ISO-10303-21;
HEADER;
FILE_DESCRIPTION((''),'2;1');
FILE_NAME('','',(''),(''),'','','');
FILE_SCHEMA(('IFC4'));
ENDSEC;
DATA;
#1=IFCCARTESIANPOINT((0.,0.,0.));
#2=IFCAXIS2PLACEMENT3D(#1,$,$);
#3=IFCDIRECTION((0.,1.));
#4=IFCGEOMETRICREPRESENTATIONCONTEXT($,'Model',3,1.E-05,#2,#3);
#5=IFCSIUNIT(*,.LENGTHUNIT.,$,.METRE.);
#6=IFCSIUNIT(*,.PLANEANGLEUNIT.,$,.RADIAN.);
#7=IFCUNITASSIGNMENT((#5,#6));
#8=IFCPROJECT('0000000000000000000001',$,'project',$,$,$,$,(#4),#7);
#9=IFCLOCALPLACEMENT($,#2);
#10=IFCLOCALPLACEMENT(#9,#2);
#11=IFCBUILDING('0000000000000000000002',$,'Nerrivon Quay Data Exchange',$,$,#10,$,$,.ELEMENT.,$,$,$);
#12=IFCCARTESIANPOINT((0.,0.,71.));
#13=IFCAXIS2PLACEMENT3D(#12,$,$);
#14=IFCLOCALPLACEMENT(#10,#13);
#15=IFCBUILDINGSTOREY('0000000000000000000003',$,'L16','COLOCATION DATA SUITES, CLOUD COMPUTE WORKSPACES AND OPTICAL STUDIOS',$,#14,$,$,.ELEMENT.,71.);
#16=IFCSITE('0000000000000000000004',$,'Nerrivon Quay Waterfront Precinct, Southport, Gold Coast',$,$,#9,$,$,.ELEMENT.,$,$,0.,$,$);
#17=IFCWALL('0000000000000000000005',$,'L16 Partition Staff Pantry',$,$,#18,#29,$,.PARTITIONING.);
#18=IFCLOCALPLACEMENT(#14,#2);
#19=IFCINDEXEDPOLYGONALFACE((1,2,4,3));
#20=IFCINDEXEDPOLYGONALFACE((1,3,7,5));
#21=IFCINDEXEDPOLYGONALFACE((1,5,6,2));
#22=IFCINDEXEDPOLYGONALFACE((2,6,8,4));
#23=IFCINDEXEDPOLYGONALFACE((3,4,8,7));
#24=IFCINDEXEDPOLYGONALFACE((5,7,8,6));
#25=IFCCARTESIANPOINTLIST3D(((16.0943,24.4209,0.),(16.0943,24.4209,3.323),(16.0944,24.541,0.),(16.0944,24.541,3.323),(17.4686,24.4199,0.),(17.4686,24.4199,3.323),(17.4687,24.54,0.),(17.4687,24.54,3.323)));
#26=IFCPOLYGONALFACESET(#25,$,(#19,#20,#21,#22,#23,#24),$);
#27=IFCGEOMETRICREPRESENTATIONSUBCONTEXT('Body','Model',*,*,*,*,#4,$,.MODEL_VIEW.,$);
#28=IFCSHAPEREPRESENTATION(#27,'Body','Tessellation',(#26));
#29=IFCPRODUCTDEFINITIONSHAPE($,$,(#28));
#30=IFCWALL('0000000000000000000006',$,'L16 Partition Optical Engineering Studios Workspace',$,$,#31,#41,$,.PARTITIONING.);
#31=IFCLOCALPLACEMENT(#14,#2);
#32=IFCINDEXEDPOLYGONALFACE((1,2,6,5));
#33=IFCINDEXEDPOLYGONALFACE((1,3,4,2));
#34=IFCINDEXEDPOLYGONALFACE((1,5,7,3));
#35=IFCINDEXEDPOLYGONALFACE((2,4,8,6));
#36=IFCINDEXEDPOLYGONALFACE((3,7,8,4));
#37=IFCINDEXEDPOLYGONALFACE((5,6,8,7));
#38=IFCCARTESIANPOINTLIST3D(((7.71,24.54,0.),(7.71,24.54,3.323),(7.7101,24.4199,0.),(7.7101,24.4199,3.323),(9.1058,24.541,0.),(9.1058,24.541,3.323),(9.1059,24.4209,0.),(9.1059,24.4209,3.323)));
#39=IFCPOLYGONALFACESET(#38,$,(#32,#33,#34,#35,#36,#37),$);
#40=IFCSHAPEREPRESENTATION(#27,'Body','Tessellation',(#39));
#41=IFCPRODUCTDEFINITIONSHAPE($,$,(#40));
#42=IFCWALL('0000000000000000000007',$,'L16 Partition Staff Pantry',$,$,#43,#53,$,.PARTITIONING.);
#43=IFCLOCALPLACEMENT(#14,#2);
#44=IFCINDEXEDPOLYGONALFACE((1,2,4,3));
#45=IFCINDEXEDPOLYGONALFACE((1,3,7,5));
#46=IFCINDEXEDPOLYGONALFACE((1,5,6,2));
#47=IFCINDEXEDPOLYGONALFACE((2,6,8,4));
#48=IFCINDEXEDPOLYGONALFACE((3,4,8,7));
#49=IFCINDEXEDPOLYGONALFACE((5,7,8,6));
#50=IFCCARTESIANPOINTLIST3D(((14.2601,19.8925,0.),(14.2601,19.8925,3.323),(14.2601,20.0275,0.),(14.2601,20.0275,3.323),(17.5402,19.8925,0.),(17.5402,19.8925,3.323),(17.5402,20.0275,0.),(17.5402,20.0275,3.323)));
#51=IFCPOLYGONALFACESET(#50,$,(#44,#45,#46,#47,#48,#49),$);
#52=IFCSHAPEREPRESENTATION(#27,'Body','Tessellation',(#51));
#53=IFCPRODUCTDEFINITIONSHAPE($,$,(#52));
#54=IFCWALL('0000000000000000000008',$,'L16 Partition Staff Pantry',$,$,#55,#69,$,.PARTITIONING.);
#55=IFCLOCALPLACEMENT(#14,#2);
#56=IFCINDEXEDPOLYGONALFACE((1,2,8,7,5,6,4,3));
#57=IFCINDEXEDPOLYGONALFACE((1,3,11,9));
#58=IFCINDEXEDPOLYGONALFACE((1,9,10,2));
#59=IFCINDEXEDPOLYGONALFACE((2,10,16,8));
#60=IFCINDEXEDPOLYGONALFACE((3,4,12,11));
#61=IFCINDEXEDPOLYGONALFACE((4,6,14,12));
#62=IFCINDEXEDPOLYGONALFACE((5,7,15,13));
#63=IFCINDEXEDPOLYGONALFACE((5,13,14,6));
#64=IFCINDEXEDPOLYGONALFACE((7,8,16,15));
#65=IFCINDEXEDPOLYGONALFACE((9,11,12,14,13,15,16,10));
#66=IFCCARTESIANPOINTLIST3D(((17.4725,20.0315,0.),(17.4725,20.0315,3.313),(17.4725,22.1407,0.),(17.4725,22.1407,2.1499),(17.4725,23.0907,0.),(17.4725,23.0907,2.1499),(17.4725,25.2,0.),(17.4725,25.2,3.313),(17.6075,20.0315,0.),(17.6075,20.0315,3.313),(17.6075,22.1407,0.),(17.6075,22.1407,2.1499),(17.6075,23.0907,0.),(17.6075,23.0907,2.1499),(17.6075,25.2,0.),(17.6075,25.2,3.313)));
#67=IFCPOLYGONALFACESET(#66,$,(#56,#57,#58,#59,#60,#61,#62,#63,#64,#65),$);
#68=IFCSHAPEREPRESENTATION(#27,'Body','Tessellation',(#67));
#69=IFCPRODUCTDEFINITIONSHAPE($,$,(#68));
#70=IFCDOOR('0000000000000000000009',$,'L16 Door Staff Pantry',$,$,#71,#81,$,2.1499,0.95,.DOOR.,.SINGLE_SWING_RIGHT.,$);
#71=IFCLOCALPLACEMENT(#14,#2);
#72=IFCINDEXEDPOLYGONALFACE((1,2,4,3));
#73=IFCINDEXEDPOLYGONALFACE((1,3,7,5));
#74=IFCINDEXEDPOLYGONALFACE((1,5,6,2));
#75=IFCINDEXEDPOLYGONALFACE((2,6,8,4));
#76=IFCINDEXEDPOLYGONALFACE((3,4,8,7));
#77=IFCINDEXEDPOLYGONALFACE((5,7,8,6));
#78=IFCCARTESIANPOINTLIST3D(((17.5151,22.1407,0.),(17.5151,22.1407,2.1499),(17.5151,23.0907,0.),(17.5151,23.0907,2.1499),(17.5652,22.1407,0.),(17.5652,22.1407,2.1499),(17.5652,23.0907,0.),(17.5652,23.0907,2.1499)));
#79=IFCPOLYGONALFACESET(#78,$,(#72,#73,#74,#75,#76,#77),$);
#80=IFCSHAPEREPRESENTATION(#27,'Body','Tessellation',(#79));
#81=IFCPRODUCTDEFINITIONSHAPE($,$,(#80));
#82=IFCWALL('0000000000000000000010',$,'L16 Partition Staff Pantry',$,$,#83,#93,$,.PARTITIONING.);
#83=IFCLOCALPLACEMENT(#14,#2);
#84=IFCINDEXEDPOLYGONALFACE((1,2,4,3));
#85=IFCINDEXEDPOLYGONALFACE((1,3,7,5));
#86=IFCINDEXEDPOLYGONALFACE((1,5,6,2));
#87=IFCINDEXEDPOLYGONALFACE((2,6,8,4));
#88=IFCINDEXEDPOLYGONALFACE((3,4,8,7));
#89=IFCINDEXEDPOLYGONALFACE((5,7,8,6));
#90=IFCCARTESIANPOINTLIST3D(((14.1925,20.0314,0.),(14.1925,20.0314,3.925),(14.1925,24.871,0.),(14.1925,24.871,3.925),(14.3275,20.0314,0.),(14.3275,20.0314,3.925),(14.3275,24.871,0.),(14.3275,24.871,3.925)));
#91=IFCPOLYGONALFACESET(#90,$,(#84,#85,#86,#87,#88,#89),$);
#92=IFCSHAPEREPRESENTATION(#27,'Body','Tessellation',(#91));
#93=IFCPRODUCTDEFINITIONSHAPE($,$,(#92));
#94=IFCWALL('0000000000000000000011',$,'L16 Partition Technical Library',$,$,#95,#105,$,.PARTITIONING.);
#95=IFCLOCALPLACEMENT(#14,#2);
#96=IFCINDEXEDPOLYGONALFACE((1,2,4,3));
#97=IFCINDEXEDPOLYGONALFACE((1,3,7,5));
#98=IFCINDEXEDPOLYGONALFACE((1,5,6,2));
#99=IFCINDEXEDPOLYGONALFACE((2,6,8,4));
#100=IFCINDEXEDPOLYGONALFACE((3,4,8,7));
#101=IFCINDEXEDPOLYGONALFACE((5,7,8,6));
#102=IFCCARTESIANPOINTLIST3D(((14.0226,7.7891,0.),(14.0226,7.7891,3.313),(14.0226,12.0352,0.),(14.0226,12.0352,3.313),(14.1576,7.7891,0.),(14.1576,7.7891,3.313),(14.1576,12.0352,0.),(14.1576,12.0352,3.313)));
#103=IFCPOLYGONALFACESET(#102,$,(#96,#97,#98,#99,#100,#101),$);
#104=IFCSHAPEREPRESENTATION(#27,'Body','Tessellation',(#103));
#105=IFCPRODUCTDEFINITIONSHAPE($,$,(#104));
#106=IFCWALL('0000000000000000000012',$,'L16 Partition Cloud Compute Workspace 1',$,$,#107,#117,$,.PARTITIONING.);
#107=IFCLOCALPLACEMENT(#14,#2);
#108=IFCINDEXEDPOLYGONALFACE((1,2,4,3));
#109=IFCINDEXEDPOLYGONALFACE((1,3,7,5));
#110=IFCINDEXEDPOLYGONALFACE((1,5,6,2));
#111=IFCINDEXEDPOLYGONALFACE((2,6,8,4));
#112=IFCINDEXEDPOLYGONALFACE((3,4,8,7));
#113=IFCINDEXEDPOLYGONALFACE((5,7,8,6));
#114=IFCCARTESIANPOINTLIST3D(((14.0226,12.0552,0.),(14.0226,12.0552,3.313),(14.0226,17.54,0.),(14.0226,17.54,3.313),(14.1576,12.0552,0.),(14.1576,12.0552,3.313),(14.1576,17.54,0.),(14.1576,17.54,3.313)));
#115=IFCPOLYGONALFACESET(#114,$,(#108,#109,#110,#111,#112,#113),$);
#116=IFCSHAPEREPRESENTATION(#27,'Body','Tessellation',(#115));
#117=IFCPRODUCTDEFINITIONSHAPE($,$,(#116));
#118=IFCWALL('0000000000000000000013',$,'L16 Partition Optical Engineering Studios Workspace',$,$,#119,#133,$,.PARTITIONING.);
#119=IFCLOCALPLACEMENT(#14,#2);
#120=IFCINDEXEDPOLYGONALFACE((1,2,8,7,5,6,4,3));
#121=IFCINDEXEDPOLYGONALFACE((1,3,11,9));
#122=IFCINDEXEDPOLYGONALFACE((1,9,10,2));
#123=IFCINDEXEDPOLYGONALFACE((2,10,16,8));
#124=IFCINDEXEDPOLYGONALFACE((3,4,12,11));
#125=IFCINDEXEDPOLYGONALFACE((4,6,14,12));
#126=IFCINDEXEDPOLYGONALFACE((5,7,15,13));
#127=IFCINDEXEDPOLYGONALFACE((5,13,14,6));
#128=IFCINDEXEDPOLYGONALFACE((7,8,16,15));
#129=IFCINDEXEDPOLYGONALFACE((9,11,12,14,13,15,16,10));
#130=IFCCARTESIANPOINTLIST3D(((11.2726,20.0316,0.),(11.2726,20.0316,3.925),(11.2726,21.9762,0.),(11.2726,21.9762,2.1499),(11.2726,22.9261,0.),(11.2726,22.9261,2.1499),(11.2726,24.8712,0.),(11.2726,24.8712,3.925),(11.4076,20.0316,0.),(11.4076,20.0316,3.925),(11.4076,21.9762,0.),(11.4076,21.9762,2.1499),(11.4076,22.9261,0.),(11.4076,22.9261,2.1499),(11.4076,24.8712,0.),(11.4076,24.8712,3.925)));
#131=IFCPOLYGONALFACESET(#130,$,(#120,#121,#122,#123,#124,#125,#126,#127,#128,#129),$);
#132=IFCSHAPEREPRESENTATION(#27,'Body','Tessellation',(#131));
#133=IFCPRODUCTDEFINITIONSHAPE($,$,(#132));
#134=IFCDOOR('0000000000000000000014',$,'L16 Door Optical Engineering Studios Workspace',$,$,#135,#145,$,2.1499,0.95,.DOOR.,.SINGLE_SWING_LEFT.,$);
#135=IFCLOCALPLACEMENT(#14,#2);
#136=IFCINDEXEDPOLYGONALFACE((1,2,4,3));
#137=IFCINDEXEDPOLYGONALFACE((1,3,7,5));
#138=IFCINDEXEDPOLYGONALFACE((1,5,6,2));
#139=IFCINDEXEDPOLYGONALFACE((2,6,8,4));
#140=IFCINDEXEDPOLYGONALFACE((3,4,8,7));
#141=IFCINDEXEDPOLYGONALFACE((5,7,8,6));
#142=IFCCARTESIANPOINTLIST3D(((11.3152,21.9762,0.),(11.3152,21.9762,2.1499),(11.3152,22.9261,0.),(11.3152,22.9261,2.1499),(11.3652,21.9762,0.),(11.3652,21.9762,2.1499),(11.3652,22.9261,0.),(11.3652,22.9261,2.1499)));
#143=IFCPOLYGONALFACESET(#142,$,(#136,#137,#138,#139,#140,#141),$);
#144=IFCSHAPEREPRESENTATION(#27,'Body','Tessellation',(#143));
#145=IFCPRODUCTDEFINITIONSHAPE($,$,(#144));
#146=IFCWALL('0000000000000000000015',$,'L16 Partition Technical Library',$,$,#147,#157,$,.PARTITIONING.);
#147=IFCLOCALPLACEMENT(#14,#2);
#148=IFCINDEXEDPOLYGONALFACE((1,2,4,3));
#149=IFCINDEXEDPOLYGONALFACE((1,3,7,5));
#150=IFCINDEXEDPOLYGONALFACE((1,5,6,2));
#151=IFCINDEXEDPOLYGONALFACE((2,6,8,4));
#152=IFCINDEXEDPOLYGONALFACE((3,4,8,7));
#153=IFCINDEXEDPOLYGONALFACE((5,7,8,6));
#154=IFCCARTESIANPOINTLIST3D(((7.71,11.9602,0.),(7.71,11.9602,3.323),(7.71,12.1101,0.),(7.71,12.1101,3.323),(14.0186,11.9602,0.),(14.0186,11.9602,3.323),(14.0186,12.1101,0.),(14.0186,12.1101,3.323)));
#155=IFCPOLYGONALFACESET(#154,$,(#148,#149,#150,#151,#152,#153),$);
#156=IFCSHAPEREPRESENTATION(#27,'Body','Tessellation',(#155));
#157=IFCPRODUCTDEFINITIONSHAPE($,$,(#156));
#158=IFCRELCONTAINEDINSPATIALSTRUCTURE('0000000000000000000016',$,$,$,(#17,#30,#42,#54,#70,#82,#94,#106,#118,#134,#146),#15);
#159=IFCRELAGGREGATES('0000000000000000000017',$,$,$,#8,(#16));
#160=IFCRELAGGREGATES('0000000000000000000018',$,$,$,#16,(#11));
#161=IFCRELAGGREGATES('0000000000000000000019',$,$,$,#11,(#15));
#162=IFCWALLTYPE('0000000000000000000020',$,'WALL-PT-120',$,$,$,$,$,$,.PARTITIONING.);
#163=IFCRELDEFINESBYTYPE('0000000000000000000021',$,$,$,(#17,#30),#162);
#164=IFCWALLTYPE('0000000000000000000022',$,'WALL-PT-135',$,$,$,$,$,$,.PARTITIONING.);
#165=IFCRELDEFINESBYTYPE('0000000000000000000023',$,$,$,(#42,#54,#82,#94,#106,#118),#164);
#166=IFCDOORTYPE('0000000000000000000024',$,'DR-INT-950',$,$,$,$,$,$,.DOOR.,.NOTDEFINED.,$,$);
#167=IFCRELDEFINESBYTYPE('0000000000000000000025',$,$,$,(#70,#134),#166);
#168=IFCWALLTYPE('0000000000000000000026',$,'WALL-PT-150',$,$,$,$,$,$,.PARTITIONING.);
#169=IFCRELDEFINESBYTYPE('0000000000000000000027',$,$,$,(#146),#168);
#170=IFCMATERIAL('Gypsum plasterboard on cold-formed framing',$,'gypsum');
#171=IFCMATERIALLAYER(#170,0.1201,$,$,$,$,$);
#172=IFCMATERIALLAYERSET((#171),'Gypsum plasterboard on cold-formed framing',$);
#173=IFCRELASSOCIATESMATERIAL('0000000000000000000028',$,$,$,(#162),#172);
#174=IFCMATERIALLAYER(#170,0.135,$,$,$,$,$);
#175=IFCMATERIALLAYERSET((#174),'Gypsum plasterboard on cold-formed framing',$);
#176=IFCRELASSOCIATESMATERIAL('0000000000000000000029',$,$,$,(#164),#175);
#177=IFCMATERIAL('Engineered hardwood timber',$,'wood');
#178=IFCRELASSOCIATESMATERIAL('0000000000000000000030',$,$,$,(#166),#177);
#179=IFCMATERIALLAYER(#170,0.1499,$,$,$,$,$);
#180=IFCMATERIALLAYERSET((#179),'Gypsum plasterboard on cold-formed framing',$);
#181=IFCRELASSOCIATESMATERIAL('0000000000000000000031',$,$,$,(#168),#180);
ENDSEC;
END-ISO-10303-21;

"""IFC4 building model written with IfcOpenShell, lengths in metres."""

from ifc_helpers import new_model, si_unit, direction, frame, frame_2d, origin, place, context, subcontext, project, spatial, rectangle, extrude, material, layer, layer_set, type_object, element, fill, save


model = new_model("IFC4")

# Units and contexts
model_context = context("Model", 3, precision=1e-05, world=origin(), true_north=direction((0.0, 1.0)))
body_context = subcontext(model_context, "Body", "Model", "MODEL_VIEW")
ifc_project = project(units=[si_unit("LENGTHUNIT", "METRE"), si_unit("PLANEANGLEUNIT", "RADIAN")], contexts=[model_context])

# Site, building, storey
site_placement = place(None, origin())
site = spatial("IfcSite", under=ifc_project, at=site_placement, Name="Nerrivon Quay Waterfront Precinct, Southport, Gold Coast", CompositionType="ELEMENT", RefElevation=0.0)
building_placement = place(site_placement, origin())
building = spatial("IfcBuilding", under=site, at=building_placement, Name="Nerrivon Quay Data Exchange", CompositionType="ELEMENT")
storey_placement = place(building_placement, frame((0.0, 0.0, 71.0)))
storey = spatial("IfcBuildingStorey", under=building, at=storey_placement, Name="L16", Description="COLOCATION DATA SUITES, CLOUD COMPUTE WORKSPACES AND OPTICAL STUDIOS", CompositionType="ELEMENT", Elevation=71.0)

# Walls
ifc_material_1 = material(Name="Gypsum plasterboard on cold-formed framing", Category="gypsum")
ifc_layer_1 = layer(ifc_material_1, 0.1201)
ifc_layer_set_1 = layer_set([ifc_layer_1], Name="Gypsum plasterboard on cold-formed framing")
wall_type_1 = type_object("IfcWallType", Name="WALL-PT-120", PredefinedType="PARTITIONING", material=ifc_layer_set_1)
wall_1_placement = place(storey_placement, frame((17.4685, 24.48, 0.0), z_axis=(0.0, 0.0, 1.0), x_axis=(-1.0, 0.000711, 0.0)))
element("IfcWall", 1, at=wall_1_placement, inside=storey, type_object=wall_type_1, Name="L16 Partition Staff Pantry", PredefinedType="PARTITIONING", context=body_context, shape_type="SweptSolid", body=[
    extrude(rectangle(XDim=1.3743, YDim=0.1201, at=frame_2d((0.687, 0.0))), origin(), (0.0, 0.0, 1.0), 3.323),
])
wall_2_placement = place(storey_placement, frame((9.1057, 24.481, 0.0), z_axis=(0.0, 0.0, 1.0), x_axis=(-1.0, -0.0007, 0.0)))
element("IfcWall", 2, at=wall_2_placement, inside=storey, type_object=wall_type_1, Name="L16 Partition Optical Engineering Studios Workspace", PredefinedType="PARTITIONING", context=body_context, shape_type="SweptSolid", body=[
    extrude(rectangle(XDim=1.3958, YDim=0.1201, at=frame_2d((0.6978, 0.0))), origin(), (0.0, 0.0, 1.0), 3.323),
])
ifc_layer_2 = layer(ifc_material_1, 0.135)
ifc_layer_set_2 = layer_set([ifc_layer_2], Name="Gypsum plasterboard on cold-formed framing")
wall_type_2 = type_object("IfcWallType", Name="WALL-PT-135", PredefinedType="PARTITIONING", material=ifc_layer_set_2)
wall_3_placement = place(storey_placement, frame((14.26, 19.96, 0.0), z_axis=(0.0, 0.0, 1.0), x_axis=(1.0, 0.0, 0.0)))
element("IfcWall", 3, at=wall_3_placement, inside=storey, type_object=wall_type_2, Name="L16 Partition Staff Pantry", PredefinedType="PARTITIONING", context=body_context, shape_type="SweptSolid", body=[
    extrude(rectangle(XDim=3.28, YDim=0.135, at=frame_2d((1.6401, 0.0))), origin(), (0.0, 0.0, 1.0), 3.323),
])

# Wall, opening, door
wall_4_placement = place(storey_placement, frame((17.54, 20.0315, 0.0), z_axis=(0.0, 0.0, 1.0), x_axis=(0.0, 1.0, 0.0)))
wall_4 = element("IfcWall", 4, at=wall_4_placement, inside=storey, type_object=wall_type_2, Name="L16 Partition Staff Pantry", PredefinedType="PARTITIONING", context=body_context, shape_type="SweptSolid", body=[
    extrude(rectangle(XDim=5.1685, YDim=0.135, at=frame_2d((2.5842, 0.0))), origin(), (0.0, 0.0, 1.0), 3.313),
])
opening_1_placement = place(wall_4_placement, frame((2.1091, 0.0, 0.0)))
opening_1 = element("IfcOpeningElement", 5, at=opening_1_placement, cuts=wall_4, PredefinedType="OPENING", context=body_context, shape_type="SweptSolid", body=[
    extrude(rectangle(XDim=0.95, YDim=2.1499, at=frame_2d((0.4751, 1.075))), frame((0.0, 0.0774, 0.0), z_axis=(0.0, -1.0, 0.0), x_axis=(1.0, 0.0, 0.0)), (0.0, 0.0, 1.0), 0.155),
])
ifc_material_2 = material(Name="Engineered hardwood timber", Category="wood")
door_type_1 = type_object("IfcDoorType", Name="DR-INT-950", OperationType="NOTDEFINED", PredefinedType="DOOR", material=ifc_material_2)
door_1_placement = place(opening_1_placement, origin())
door_1 = element("IfcDoor", 6, at=door_1_placement, inside=storey, type_object=door_type_1, Name="L16 Door Staff Pantry", OperationType="SINGLE_SWING_RIGHT", OverallHeight=2.1499, OverallWidth=0.95, PredefinedType="DOOR", context=body_context, shape_type="SweptSolid", body=[
    extrude(rectangle(XDim=0.95, YDim=2.1499, at=frame_2d((0.4751, 1.075))), frame((0.0, 0.0249, 0.0), z_axis=(0.0, -1.0, 0.0), x_axis=(1.0, 0.0, 0.0)), (0.0, 0.0, 1.0), 0.05),
])
fill(opening_1, door_1)

# Walls
wall_5_placement = place(storey_placement, frame((14.26, 24.8711, 0.0), z_axis=(0.0, 0.0, 1.0), x_axis=(0.0, -1.0, 0.0)))
element("IfcWall", 7, at=wall_5_placement, inside=storey, type_object=wall_type_2, Name="L16 Partition Staff Pantry", PredefinedType="PARTITIONING", context=body_context, shape_type="SweptSolid", body=[
    extrude(rectangle(XDim=4.8396, YDim=0.135, at=frame_2d((2.4199, 0.0))), origin(), (0.0, 0.0, 1.0), 3.925),
])
wall_6_placement = place(storey_placement, frame((14.0901, 7.7891, 0.0), z_axis=(0.0, 0.0, 1.0), x_axis=(0.0, 1.0, 0.0)))
element("IfcWall", 8, at=wall_6_placement, inside=storey, type_object=wall_type_2, Name="L16 Partition Technical Library", PredefinedType="PARTITIONING", context=body_context, shape_type="SweptSolid", body=[
    extrude(rectangle(XDim=4.2461, YDim=0.135, at=frame_2d((2.123, 0.0))), origin(), (0.0, 0.0, 1.0), 3.313),
])
wall_7_placement = place(storey_placement, frame((14.0901, 12.0552, 0.0), z_axis=(0.0, 0.0, 1.0), x_axis=(0.0, 1.0, 0.0)))
element("IfcWall", 9, at=wall_7_placement, inside=storey, type_object=wall_type_2, Name="L16 Partition Cloud Compute Workspace 1", PredefinedType="PARTITIONING", context=body_context, shape_type="SweptSolid", body=[
    extrude(rectangle(XDim=5.4849, YDim=0.135, at=frame_2d((2.7424, 0.0))), origin(), (0.0, 0.0, 1.0), 3.313),
])

# Wall, opening, door
wall_8_placement = place(storey_placement, frame((11.3401, 20.0315, 0.0), z_axis=(0.0, 0.0, 1.0), x_axis=(0.0, 1.0, 0.0)))
wall_8 = element("IfcWall", 10, at=wall_8_placement, inside=storey, type_object=wall_type_2, Name="L16 Partition Optical Engineering Studios Workspace", PredefinedType="PARTITIONING", context=body_context, shape_type="SweptSolid", body=[
    extrude(rectangle(XDim=4.8396, YDim=0.135, at=frame_2d((2.4199, 0.0))), origin(), (0.0, 0.0, 1.0), 3.925),
])
opening_2_placement = place(wall_8_placement, frame((1.9446, 0.0, 0.0)))
opening_2 = element("IfcOpeningElement", 11, at=opening_2_placement, cuts=wall_8, PredefinedType="OPENING", context=body_context, shape_type="SweptSolid", body=[
    extrude(rectangle(XDim=0.95, YDim=2.1499, at=frame_2d((0.4751, 1.075))), frame((0.0, 0.0774, 0.0), z_axis=(0.0, -1.0, 0.0), x_axis=(1.0, 0.0, 0.0)), (0.0, 0.0, 1.0), 0.155),
])
door_2_placement = place(opening_2_placement, origin())
door_2 = element("IfcDoor", 12, at=door_2_placement, inside=storey, type_object=door_type_1, Name="L16 Door Optical Engineering Studios Workspace", OperationType="SINGLE_SWING_LEFT", OverallHeight=2.1499, OverallWidth=0.95, PredefinedType="DOOR", context=body_context, shape_type="SweptSolid", body=[
    extrude(rectangle(XDim=0.95, YDim=2.1499, at=frame_2d((0.4751, 1.075))), frame((0.0, 0.0249, 0.0), z_axis=(0.0, -1.0, 0.0), x_axis=(1.0, 0.0, 0.0)), (0.0, 0.0, 1.0), 0.05),
])
fill(opening_2, door_2)

# Wall
ifc_layer_3 = layer(ifc_material_1, 0.1499)
ifc_layer_set_3 = layer_set([ifc_layer_3], Name="Gypsum plasterboard on cold-formed framing")
wall_type_3 = type_object("IfcWallType", Name="WALL-PT-150", PredefinedType="PARTITIONING", material=ifc_layer_set_3)
wall_9_placement = place(storey_placement, frame((14.0186, 12.0352, 0.0), z_axis=(0.0, 0.0, 1.0), x_axis=(-1.0, 0.0, 0.0)))
element("IfcWall", 13, at=wall_9_placement, inside=storey, type_object=wall_type_3, Name="L16 Partition Technical Library", PredefinedType="PARTITIONING", context=body_context, shape_type="SweptSolid", body=[
    extrude(rectangle(XDim=6.3086, YDim=0.1499, at=frame_2d((3.1543, 0.0))), origin(), (0.0, 0.0, 1.0), 3.323),
])

save(model, "model.ifc")
